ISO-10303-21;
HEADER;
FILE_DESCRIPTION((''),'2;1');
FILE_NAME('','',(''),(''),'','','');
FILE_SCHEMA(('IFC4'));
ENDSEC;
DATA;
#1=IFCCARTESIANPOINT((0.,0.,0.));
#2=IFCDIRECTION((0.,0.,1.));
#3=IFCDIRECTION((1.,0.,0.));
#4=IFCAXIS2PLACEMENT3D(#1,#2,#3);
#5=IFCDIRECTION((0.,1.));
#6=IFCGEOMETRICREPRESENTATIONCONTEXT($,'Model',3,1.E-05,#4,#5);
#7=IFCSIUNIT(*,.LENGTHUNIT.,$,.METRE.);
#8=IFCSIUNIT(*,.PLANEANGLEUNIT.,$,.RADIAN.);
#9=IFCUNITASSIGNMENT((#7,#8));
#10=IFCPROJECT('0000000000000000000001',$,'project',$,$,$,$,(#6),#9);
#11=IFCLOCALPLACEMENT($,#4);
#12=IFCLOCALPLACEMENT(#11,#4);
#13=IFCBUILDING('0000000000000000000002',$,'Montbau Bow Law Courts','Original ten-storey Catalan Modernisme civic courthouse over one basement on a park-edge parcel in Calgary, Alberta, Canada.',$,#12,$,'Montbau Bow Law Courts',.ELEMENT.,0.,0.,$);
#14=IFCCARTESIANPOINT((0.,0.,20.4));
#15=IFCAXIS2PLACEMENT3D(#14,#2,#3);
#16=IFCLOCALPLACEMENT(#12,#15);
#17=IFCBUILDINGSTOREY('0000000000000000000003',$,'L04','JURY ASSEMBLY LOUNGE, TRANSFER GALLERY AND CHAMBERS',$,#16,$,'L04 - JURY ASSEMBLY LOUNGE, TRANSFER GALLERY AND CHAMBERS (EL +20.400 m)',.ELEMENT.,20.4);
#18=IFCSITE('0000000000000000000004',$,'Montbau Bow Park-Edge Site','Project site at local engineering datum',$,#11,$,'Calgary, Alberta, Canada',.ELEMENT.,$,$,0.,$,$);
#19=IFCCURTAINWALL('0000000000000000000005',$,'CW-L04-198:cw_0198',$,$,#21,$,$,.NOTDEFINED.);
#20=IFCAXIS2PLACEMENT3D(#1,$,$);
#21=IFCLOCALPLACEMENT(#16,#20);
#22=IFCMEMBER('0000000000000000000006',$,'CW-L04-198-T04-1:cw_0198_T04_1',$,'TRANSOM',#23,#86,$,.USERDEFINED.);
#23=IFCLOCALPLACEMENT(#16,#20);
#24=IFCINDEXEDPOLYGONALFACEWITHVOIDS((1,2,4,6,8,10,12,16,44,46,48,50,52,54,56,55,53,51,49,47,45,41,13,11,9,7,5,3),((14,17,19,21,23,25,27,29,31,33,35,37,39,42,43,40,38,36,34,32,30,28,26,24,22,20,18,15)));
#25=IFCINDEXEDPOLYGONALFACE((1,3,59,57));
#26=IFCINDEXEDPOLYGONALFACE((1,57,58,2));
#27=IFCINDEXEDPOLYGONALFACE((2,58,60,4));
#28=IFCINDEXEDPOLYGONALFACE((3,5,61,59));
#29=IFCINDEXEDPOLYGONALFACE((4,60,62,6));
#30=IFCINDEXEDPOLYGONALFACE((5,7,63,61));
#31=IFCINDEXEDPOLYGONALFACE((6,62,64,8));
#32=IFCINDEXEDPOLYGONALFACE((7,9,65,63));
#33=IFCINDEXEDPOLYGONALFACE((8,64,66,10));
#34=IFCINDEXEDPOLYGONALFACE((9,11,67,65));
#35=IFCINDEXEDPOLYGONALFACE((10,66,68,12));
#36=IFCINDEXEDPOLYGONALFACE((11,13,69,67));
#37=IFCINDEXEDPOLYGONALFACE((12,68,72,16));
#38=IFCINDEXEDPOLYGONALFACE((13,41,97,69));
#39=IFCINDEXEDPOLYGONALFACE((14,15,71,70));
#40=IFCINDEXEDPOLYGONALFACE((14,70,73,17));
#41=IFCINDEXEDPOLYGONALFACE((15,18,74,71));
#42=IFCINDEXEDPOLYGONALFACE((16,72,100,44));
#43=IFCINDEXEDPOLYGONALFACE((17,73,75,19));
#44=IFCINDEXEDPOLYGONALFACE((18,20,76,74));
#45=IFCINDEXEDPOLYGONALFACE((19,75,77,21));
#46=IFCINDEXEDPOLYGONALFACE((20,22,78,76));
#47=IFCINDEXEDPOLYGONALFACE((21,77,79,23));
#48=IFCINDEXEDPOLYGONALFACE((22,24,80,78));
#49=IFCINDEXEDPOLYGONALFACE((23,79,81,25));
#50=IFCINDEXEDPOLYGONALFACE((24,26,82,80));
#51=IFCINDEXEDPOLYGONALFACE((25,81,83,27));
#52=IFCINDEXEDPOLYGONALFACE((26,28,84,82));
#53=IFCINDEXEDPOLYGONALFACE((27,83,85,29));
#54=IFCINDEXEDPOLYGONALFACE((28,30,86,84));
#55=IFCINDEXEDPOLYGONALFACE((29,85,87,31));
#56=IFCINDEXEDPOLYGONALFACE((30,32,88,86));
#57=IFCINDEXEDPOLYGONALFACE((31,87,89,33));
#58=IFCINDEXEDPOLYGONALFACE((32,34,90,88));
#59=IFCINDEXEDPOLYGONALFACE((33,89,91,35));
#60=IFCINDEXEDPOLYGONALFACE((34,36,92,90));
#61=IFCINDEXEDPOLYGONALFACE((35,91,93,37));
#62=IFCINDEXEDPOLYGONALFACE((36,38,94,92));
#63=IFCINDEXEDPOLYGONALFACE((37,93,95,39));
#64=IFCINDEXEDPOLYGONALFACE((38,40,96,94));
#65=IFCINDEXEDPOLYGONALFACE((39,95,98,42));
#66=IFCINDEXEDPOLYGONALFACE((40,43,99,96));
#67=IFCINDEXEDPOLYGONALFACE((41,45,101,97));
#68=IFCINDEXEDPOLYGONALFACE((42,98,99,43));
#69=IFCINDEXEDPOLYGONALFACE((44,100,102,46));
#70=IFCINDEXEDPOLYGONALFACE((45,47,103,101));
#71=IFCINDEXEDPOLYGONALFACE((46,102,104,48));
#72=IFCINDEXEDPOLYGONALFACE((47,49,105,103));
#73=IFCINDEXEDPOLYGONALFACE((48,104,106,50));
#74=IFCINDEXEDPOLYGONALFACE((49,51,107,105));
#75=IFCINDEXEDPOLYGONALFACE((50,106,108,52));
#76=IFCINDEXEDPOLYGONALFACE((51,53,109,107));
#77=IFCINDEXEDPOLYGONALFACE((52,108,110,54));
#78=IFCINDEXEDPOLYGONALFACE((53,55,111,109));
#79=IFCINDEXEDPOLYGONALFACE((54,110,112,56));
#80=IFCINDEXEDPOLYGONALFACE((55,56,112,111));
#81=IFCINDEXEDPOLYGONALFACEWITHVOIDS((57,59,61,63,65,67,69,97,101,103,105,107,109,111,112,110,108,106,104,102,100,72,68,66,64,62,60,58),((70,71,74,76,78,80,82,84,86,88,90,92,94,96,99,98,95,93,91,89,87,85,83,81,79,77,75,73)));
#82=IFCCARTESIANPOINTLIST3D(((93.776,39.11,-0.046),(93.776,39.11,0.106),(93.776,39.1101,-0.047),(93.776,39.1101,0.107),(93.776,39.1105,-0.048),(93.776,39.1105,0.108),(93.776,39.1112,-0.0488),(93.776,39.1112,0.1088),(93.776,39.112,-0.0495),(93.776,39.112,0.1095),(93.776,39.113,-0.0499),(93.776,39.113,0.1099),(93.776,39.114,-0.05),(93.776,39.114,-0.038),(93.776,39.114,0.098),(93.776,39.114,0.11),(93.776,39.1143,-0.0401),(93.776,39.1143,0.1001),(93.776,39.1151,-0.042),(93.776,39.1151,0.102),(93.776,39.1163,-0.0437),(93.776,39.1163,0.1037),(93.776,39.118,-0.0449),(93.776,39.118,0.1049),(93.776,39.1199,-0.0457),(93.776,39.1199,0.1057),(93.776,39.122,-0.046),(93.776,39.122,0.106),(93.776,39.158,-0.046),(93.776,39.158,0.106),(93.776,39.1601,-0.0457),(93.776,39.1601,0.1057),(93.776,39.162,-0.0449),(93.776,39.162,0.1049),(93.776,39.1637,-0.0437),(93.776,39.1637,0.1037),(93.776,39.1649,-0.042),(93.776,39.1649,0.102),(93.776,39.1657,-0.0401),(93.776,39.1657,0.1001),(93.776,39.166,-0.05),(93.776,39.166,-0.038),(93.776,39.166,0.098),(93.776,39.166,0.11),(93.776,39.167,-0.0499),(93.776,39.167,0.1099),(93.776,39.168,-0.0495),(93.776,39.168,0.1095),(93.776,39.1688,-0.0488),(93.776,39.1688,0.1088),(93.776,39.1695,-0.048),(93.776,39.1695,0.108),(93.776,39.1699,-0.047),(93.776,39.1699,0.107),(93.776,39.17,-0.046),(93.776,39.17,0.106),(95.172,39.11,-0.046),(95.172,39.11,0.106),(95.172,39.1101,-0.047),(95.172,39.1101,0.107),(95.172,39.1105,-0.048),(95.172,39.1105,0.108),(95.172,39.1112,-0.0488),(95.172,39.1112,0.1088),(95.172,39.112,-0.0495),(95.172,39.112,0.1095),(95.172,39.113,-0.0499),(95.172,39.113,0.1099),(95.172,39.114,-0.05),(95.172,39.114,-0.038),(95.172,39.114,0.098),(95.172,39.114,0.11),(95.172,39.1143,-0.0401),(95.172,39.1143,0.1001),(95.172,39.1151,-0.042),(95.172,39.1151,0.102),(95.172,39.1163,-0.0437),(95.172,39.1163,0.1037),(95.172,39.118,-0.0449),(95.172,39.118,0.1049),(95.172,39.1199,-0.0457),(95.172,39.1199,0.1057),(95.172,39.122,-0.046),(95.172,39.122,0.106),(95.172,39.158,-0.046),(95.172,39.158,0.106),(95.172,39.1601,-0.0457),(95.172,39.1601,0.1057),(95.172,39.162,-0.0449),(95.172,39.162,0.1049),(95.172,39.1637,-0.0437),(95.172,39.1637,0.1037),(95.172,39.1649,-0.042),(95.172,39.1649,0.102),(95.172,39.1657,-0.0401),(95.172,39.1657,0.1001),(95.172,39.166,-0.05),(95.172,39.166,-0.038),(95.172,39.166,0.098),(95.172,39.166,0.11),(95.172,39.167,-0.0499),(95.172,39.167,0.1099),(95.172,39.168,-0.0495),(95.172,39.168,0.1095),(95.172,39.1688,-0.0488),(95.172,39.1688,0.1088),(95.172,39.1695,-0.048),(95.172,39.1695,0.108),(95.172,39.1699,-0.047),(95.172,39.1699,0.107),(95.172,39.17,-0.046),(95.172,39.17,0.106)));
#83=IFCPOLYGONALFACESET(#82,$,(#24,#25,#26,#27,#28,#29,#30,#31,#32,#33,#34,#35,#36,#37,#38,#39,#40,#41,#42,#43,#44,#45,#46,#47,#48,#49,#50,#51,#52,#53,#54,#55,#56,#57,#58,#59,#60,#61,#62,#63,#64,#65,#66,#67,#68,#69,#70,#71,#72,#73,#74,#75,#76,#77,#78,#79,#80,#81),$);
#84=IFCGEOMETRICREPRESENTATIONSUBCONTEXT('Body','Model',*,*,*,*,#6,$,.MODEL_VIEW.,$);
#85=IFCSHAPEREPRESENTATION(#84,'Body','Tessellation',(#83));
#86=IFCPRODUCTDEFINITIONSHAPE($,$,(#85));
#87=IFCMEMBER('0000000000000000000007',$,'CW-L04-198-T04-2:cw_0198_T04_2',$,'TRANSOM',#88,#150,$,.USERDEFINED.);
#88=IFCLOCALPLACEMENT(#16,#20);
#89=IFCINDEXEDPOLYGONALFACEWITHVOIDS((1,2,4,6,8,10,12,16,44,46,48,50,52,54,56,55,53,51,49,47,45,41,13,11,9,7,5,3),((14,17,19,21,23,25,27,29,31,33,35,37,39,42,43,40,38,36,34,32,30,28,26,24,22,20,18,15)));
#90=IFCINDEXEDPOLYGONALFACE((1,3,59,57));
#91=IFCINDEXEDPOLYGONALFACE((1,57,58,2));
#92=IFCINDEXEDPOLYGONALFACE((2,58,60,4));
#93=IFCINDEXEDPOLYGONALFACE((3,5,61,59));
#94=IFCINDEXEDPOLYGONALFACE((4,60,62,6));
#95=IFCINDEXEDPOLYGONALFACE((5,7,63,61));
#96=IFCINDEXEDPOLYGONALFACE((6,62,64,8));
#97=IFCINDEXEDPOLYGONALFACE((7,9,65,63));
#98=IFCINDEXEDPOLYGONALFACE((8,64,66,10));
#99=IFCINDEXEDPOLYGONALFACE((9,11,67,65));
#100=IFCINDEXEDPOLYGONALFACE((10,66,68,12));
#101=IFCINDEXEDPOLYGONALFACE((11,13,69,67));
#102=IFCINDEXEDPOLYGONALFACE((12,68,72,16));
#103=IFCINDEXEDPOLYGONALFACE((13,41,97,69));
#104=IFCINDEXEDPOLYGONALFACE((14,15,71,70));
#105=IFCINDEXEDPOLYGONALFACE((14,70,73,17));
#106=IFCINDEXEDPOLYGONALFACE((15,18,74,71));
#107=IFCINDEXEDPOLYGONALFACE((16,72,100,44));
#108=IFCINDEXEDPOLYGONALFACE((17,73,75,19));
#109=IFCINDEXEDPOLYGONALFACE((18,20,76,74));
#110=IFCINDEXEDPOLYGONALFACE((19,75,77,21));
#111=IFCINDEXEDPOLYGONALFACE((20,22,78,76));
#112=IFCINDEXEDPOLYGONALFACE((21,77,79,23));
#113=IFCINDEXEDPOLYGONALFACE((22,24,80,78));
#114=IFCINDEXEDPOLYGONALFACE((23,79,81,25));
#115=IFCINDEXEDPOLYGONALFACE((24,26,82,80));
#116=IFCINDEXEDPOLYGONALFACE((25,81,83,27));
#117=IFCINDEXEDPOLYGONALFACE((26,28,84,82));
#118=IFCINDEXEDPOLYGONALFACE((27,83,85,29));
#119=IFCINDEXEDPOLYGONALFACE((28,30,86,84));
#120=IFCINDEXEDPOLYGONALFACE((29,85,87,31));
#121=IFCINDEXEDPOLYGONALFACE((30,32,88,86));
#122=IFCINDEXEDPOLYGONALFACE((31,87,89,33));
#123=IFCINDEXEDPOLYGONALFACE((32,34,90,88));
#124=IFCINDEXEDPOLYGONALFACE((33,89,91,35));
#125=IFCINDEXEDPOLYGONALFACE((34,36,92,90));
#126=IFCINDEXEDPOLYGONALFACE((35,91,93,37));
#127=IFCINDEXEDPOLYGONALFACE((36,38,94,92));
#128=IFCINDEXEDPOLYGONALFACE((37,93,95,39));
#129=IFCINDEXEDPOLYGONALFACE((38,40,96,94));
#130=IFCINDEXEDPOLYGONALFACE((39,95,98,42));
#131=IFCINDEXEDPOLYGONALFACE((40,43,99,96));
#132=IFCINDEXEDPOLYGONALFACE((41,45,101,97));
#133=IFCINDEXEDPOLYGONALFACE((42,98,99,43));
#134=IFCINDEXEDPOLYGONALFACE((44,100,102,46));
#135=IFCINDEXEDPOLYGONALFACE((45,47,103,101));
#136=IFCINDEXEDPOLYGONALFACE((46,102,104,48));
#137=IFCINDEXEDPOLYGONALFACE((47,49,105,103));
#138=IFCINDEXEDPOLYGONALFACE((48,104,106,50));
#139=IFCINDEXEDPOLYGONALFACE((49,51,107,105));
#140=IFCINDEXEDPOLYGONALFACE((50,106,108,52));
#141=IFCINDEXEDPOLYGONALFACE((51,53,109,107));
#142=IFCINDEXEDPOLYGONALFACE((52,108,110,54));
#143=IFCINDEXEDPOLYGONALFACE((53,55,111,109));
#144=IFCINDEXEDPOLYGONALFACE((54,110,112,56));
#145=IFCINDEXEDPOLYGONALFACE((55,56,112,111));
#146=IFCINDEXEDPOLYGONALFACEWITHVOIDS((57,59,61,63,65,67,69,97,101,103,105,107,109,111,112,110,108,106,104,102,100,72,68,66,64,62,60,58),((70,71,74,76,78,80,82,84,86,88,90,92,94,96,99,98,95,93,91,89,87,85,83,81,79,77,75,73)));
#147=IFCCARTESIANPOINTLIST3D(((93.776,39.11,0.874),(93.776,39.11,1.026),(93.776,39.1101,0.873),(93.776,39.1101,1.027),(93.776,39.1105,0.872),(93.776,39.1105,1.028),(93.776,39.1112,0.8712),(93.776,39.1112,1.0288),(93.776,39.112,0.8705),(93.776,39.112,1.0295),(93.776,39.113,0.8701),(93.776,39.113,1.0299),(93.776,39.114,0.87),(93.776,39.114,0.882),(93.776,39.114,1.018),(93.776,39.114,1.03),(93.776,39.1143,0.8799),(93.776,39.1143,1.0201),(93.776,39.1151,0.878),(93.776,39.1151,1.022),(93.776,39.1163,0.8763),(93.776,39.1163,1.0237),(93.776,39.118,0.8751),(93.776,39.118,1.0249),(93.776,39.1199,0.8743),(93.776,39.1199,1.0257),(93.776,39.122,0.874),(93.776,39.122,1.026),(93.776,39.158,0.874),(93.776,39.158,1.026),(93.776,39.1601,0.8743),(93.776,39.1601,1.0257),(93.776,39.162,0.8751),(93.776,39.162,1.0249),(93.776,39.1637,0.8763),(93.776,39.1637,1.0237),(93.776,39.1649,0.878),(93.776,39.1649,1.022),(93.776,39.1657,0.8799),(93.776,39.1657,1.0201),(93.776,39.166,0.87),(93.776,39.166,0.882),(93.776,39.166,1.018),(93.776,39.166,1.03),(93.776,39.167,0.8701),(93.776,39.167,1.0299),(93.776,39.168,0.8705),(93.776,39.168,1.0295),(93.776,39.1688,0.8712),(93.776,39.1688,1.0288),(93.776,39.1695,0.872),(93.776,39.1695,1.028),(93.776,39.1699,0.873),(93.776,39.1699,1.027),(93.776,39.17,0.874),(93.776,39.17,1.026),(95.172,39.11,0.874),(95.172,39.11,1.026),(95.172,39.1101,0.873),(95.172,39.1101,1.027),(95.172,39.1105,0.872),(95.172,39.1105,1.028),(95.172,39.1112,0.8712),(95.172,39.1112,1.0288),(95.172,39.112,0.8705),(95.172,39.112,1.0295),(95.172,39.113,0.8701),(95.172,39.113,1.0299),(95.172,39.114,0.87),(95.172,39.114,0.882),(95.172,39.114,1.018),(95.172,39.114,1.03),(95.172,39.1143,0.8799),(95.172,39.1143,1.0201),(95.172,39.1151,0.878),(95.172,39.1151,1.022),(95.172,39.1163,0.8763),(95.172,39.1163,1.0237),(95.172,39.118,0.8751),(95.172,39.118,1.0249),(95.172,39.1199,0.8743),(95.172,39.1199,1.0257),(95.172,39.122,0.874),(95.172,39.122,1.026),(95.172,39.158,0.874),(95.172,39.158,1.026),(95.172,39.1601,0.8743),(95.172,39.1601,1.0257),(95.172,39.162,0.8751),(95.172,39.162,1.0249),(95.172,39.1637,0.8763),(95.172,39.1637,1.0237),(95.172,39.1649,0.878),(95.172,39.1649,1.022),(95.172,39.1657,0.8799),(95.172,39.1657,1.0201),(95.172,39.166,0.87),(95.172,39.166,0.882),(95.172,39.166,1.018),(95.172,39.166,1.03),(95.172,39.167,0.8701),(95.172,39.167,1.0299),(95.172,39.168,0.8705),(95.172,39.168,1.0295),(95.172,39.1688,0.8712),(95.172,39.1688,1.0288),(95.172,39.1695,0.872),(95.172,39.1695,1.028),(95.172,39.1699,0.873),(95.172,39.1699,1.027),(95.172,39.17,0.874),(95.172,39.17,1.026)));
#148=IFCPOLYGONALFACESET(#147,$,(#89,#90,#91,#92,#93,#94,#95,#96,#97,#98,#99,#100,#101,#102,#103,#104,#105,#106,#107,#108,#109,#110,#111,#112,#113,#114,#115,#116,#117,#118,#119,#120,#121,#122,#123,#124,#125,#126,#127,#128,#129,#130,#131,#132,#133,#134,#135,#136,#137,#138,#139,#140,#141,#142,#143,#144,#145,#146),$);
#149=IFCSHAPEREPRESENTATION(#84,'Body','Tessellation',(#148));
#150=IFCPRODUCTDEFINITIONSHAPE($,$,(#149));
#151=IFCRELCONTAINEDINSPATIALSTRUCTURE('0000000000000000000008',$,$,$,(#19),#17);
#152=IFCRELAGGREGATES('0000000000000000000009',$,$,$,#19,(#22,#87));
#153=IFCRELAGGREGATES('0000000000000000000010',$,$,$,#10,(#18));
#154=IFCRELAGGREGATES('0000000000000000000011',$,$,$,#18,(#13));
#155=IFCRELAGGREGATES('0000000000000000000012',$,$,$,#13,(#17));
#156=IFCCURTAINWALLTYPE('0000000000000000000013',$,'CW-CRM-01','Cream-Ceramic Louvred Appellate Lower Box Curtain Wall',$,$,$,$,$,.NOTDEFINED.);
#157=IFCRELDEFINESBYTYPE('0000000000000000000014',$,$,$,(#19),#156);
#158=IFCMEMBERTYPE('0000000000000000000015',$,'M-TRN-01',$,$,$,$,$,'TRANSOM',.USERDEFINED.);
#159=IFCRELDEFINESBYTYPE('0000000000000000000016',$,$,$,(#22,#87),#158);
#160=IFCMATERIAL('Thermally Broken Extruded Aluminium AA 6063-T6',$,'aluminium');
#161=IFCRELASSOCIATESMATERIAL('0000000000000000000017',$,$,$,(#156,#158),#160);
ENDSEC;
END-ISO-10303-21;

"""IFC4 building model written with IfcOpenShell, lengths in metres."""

from ifc_helpers import new_model, si_unit, direction, frame, origin_with_axes, origin_2d_with_axis, place, context, subcontext, project, spatial, hollow_rectangle, extrude, material, material_profile, profile_set, type_object, element, aggregate, save


model = new_model("IFC4")

# Units and contexts
model_context = context("Model", 3, precision=1e-05, world=origin_with_axes(), true_north=direction((0.0, 1.0)))
body_context = subcontext(model_context, "Body", "Model", "MODEL_VIEW")
ifc_project = project(units=[si_unit("LENGTHUNIT", "METRE"), si_unit("PLANEANGLEUNIT", "RADIAN")], contexts=[model_context])

# Site, building, storey
site_placement = place(None, origin_with_axes())
site = spatial("IfcSite", under=ifc_project, at=site_placement, Name="Montbau Bow Park-Edge Site", Description="Project site at local engineering datum", LongName="Calgary, Alberta, Canada", CompositionType="ELEMENT", RefElevation=0.0)
building_placement = place(site_placement, origin_with_axes())
building = spatial("IfcBuilding", under=site, at=building_placement, Name="Montbau Bow Law Courts", Description="Original ten-storey Catalan Modernisme civic courthouse over one basement on a park-edge parcel in Calgary, Alberta, Canada.", LongName="Montbau Bow Law Courts", CompositionType="ELEMENT", ElevationOfRefHeight=0.0, ElevationOfTerrain=0.0)
storey_placement = place(building_placement, frame((0.0, 0.0, 20.4), z_axis=(0.0, 0.0, 1.0), x_axis=(1.0, 0.0, 0.0)))
storey = spatial("IfcBuildingStorey", under=building, at=storey_placement, Name="L04", Description="JURY ASSEMBLY LOUNGE, TRANSFER GALLERY AND CHAMBERS", LongName="L04 - JURY ASSEMBLY LOUNGE, TRANSFER GALLERY AND CHAMBERS (EL +20.400 m)", CompositionType="ELEMENT", Elevation=20.4)

# Curtain wall, members
ifc_material_1 = material(Name="Thermally Broken Extruded Aluminium AA 6063-T6", Category="aluminium")
curtain_wall_type = type_object("IfcCurtainWallType", Name="CW-CRM-01", Description="Cream-Ceramic Louvred Appellate Lower Box Curtain Wall", PredefinedType="NOTDEFINED", material=ifc_material_1)
curtain_wall_placement = place(None, frame((89.315, 39.14, 20.4), z_axis=(0.0, 0.0, 1.0), x_axis=(1.0, 0.0, 0.0)))
curtain_wall = element("IfcCurtainWall", 1, at=curtain_wall_placement, inside=storey, type_object=curtain_wall_type, Name="CW-L04-198:cw_0198", PredefinedType="NOTDEFINED")
ifc_material_profile_1 = material_profile(ifc_material_1, hollow_rectangle(XDim=0.06, YDim=0.16, WallThickness=0.004, InnerFilletRadius=0.008, OuterFilletRadius=0.004, at=origin_2d_with_axis()), Name="CWT-160X60", Category="Main", Priority=0)
ifc_profile_set_1 = profile_set([ifc_material_profile_1], Name="Thermally Broken Extruded Aluminium AA 6063-T6")
member_type_1 = type_object("IfcMemberType", Name="M-TRN-01", ElementType="TRANSOM", PredefinedType="USERDEFINED", material=ifc_profile_set_1)
member_1_placement = place(None, frame((93.776, 39.14, 20.43), z_axis=(1.0, 0.0, 0.0), x_axis=(0.0, 1.0, 0.0)))
member_1 = element("IfcMember", 2, at=member_1_placement, type_object=member_type_1, Name="CW-L04-198-T04-1:cw_0198_T04_1", ObjectType="TRANSOM", PredefinedType="USERDEFINED", context=body_context, shape_type="SweptSolid", body=[
    extrude(hollow_rectangle(XDim=0.06, YDim=0.16, WallThickness=0.004, InnerFilletRadius=0.008, OuterFilletRadius=0.004, at=origin_2d_with_axis()), origin_with_axes(), (0.0, 0.0, 1.0), 1.396),
])
member_2_placement = place(None, frame((93.776, 39.14, 21.35), z_axis=(1.0, 0.0, 0.0), x_axis=(0.0, 1.0, 0.0)))
member_2 = element("IfcMember", 3, at=member_2_placement, type_object=member_type_1, Name="CW-L04-198-T04-2:cw_0198_T04_2", ObjectType="TRANSOM", PredefinedType="USERDEFINED", context=body_context, shape_type="SweptSolid", body=[
    extrude(hollow_rectangle(XDim=0.06, YDim=0.16, WallThickness=0.004, InnerFilletRadius=0.008, OuterFilletRadius=0.004, at=origin_2d_with_axis()), origin_with_axes(), (0.0, 0.0, 1.0), 1.396),
])
aggregate(curtain_wall, [member_1, member_2])

save(model, "model.ifc")
